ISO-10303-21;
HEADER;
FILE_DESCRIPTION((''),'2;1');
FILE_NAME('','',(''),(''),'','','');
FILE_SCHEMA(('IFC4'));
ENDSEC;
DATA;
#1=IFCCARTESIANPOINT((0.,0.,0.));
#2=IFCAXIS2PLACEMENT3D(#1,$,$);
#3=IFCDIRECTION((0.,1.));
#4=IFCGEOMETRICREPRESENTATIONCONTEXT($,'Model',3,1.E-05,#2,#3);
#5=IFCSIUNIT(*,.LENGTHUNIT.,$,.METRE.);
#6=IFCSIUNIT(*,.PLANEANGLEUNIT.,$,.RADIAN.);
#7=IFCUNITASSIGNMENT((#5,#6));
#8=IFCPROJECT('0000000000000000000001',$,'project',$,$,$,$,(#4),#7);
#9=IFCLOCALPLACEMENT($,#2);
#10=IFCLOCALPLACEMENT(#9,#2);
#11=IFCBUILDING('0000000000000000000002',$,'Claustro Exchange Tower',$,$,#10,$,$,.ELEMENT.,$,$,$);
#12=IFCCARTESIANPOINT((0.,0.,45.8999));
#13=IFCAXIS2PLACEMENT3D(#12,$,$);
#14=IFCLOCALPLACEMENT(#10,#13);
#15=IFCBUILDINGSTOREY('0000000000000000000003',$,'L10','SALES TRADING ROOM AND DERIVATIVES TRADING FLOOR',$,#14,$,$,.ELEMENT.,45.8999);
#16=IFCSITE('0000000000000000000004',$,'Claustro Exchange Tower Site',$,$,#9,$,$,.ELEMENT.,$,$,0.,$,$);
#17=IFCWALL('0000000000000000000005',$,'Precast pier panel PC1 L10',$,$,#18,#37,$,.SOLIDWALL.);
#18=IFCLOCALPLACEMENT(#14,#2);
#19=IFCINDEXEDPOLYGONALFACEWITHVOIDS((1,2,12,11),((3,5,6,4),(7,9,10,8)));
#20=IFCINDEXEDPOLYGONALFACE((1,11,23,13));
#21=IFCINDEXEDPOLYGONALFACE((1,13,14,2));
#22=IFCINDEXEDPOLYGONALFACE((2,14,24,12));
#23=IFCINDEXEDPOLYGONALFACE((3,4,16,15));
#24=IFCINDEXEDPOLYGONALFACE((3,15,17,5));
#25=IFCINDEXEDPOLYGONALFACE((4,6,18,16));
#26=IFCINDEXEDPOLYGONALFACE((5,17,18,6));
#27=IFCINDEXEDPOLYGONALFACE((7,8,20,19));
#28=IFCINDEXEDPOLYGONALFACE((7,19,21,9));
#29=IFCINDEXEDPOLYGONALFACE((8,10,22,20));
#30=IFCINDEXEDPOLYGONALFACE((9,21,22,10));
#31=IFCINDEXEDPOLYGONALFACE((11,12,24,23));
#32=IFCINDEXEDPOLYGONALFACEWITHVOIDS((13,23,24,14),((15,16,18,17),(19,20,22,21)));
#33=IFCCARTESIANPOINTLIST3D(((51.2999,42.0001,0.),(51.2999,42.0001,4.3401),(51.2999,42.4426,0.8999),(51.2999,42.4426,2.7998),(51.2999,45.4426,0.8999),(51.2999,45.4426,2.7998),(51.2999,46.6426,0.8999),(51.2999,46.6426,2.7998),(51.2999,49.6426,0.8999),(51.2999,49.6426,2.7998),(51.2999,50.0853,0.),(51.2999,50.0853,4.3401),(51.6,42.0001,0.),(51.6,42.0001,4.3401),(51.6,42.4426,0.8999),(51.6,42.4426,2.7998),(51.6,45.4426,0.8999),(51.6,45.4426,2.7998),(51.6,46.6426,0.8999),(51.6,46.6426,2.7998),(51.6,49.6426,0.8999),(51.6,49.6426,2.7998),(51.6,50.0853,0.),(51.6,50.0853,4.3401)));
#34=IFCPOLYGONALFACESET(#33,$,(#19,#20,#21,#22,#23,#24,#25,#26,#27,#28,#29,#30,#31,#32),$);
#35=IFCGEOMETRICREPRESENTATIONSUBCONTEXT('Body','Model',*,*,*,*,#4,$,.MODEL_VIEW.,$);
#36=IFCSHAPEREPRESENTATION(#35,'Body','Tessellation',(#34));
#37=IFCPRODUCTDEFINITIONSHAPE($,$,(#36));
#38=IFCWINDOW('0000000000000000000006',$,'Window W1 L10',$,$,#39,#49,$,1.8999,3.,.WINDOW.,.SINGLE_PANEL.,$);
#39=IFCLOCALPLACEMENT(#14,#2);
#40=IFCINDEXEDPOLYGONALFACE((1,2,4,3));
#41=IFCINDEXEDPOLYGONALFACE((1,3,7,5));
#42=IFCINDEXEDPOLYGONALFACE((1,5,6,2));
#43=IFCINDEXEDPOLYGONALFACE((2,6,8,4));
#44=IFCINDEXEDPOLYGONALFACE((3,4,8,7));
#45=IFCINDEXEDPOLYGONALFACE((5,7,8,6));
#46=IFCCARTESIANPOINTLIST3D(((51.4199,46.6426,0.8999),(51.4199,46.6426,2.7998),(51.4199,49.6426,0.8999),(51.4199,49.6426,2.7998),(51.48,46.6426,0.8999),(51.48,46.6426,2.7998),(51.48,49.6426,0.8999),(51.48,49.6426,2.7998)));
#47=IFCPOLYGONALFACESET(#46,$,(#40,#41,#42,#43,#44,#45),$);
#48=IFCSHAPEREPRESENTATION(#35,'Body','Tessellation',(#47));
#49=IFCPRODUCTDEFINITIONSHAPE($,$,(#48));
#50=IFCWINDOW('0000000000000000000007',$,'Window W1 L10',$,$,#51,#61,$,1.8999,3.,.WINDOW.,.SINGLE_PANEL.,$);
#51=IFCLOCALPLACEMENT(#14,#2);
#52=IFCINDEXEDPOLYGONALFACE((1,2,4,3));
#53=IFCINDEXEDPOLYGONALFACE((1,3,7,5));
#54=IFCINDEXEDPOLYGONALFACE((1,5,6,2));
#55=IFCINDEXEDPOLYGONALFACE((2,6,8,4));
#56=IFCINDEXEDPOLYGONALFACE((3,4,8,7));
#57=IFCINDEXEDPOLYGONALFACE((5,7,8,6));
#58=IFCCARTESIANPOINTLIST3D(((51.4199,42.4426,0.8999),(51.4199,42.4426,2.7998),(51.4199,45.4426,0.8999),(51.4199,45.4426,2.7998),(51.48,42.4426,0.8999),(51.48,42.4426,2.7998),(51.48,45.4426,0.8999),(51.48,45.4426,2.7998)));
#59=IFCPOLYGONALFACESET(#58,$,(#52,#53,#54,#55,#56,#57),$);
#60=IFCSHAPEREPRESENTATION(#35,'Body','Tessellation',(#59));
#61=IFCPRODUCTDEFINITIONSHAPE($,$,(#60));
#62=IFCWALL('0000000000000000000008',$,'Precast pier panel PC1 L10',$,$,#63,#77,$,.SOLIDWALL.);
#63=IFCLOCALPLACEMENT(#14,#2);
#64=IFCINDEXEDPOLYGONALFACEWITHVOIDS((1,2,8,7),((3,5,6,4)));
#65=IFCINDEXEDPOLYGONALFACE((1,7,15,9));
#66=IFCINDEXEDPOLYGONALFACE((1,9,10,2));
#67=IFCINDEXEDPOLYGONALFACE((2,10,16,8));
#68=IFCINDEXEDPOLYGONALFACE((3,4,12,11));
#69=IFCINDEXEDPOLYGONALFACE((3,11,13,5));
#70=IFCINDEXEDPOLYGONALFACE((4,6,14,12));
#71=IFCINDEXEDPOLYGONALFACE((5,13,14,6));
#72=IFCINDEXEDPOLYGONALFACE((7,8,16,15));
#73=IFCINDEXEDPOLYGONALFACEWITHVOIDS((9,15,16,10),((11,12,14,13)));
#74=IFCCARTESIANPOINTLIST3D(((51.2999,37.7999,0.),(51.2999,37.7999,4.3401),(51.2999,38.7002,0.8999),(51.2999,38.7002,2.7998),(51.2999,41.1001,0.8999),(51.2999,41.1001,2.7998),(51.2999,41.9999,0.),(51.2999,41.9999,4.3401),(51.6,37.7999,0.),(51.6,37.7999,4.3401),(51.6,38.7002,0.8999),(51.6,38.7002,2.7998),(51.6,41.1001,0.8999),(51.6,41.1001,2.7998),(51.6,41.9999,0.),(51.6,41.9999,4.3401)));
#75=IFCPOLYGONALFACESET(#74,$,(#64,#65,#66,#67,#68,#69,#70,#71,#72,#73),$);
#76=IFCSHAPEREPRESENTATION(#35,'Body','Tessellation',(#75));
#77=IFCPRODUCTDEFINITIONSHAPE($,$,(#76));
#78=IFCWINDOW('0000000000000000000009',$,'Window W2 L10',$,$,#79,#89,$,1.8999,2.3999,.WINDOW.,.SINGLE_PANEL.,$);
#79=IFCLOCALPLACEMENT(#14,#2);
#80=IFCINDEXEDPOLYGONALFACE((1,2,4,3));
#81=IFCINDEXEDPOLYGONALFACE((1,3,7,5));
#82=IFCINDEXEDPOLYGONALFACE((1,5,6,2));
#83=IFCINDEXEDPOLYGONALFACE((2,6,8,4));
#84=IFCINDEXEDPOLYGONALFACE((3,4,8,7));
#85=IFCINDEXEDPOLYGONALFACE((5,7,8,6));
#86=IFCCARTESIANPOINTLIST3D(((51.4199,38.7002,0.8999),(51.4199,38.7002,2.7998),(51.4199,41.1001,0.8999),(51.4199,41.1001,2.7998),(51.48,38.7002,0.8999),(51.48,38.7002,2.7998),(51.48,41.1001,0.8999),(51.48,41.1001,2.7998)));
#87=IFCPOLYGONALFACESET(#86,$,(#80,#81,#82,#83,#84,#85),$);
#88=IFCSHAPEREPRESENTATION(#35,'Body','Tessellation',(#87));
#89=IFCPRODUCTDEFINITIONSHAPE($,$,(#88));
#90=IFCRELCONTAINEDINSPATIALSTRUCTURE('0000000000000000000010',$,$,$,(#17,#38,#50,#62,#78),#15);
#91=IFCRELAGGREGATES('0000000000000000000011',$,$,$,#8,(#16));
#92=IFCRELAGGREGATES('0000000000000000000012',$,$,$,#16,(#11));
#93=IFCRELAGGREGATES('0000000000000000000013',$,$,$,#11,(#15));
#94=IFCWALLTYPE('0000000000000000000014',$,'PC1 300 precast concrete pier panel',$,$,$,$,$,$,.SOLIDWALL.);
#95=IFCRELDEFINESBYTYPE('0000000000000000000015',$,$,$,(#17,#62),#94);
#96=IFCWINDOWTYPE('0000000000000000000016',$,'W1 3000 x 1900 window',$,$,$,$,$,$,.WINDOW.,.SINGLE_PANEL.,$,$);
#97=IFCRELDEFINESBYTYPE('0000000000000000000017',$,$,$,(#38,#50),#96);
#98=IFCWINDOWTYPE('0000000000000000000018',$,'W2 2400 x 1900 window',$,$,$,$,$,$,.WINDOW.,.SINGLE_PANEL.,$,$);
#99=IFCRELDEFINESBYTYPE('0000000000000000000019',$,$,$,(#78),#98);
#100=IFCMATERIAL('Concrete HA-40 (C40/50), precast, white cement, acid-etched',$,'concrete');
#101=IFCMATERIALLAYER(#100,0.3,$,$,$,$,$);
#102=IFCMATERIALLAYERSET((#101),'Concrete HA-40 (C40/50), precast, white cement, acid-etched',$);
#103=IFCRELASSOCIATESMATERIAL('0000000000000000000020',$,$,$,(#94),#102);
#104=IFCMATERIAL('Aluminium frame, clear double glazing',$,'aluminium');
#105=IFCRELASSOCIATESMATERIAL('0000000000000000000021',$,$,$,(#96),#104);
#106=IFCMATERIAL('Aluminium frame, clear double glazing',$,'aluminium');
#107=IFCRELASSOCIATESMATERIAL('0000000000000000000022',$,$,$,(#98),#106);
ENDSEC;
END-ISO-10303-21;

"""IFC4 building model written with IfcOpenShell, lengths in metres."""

from ifc_helpers import new_model, si_unit, direction, frame, frame_2d, origin, place, context, subcontext, project, spatial, rectangle, extrude, material, layer, layer_set, type_object, element, fill, save


model = new_model("IFC4")

# Units and contexts
model_context = context("Model", 3, precision=1e-05, world=origin(), true_north=direction((0.0, 1.0)))
body_context = subcontext(model_context, "Body", "Model", "MODEL_VIEW")
ifc_project = project(units=[si_unit("LENGTHUNIT", "METRE"), si_unit("PLANEANGLEUNIT", "RADIAN")], contexts=[model_context])

# Site, building, storey
site_placement = place(None, origin())
site = spatial("IfcSite", under=ifc_project, at=site_placement, Name="Claustro Exchange Tower Site", CompositionType="ELEMENT", RefElevation=0.0)
building_placement = place(site_placement, origin())
building = spatial("IfcBuilding", under=site, at=building_placement, Name="Claustro Exchange Tower", CompositionType="ELEMENT")
storey_placement = place(building_placement, frame((0.0, 0.0, 45.8999)))
storey = spatial("IfcBuildingStorey", under=building, at=storey_placement, Name="L10", Description="SALES TRADING ROOM AND DERIVATIVES TRADING FLOOR", CompositionType="ELEMENT", Elevation=45.8999)

# Shared definitions
ifc_material_1 = material(Name="Concrete HA-40 (C40/50), precast, white cement, acid-etched", Category="concrete")
ifc_layer_1 = layer(ifc_material_1, 0.3)
ifc_layer_set_1 = layer_set([ifc_layer_1], Name="Concrete HA-40 (C40/50), precast, white cement, acid-etched")
wall_type_1 = type_object("IfcWallType", Name="PC1 300 precast concrete pier panel", PredefinedType="SOLIDWALL", material=ifc_layer_set_1)
ifc_material_2 = material(Name="Aluminium frame, clear double glazing", Category="aluminium")
window_type_1 = type_object("IfcWindowType", Name="W1 3000 x 1900 window", PartitioningType="SINGLE_PANEL", PredefinedType="WINDOW", material=ifc_material_2)

# Wall, openings, windows
wall_1_placement = place(storey_placement, frame((51.45, 50.0852, 0.0), z_axis=(0.0, 0.0, 1.0), x_axis=(0.0, -1.0, 0.0)))
wall_1 = element("IfcWall", 1, at=wall_1_placement, inside=storey, type_object=wall_type_1, Name="Precast pier panel PC1 L10", PredefinedType="SOLIDWALL", context=body_context, shape_type="SweptSolid", body=[
    extrude(rectangle(XDim=8.0852, YDim=0.3, at=frame_2d((4.0425, 0.0))), origin(), (0.0, 0.0, 1.0), 4.3401),
])
opening_1_placement = place(wall_1_placement, frame((0.4426, 0.0, 0.8999)))
opening_1 = element("IfcOpeningElement", 2, at=opening_1_placement, cuts=wall_1, PredefinedType="OPENING", context=body_context, shape_type="SweptSolid", body=[
    extrude(rectangle(XDim=3.0, YDim=1.8999, at=frame_2d((1.5, 0.95))), frame((0.0, 0.1599, 0.0), z_axis=(0.0, -1.0, 0.0), x_axis=(1.0, 0.0, 0.0)), (0.0, 0.0, 1.0), 0.3201),
])
opening_2_placement = place(wall_1_placement, frame((4.6426, 0.0, 0.8999)))
opening_2 = element("IfcOpeningElement", 3, at=opening_2_placement, cuts=wall_1, PredefinedType="OPENING", context=body_context, shape_type="SweptSolid", body=[
    extrude(rectangle(XDim=3.0, YDim=1.8999, at=frame_2d((1.5, 0.95))), frame((0.0, 0.1599, 0.0), z_axis=(0.0, -1.0, 0.0), x_axis=(1.0, 0.0, 0.0)), (0.0, 0.0, 1.0), 0.3201),
])
window_1_placement = place(opening_1_placement, origin())
window_1 = element("IfcWindow", 4, at=window_1_placement, inside=storey, type_object=window_type_1, Name="Window W1 L10", OverallHeight=1.8999, OverallWidth=3.0, PartitioningType="SINGLE_PANEL", PredefinedType="WINDOW", context=body_context, shape_type="SweptSolid", body=[
    extrude(rectangle(XDim=3.0, YDim=1.8999, at=frame_2d((1.5, 0.95))), frame((0.0, 0.03, 0.0), z_axis=(0.0, -1.0, 0.0), x_axis=(1.0, 0.0, 0.0)), (0.0, 0.0, 1.0), 0.0601),
])
fill(opening_1, window_1)
window_2_placement = place(opening_2_placement, origin())
window_2 = element("IfcWindow", 5, at=window_2_placement, inside=storey, type_object=window_type_1, Name="Window W1 L10", OverallHeight=1.8999, OverallWidth=3.0, PartitioningType="SINGLE_PANEL", PredefinedType="WINDOW", context=body_context, shape_type="SweptSolid", body=[
    extrude(rectangle(XDim=3.0, YDim=1.8999, at=frame_2d((1.5, 0.95))), frame((0.0, 0.03, 0.0), z_axis=(0.0, -1.0, 0.0), x_axis=(1.0, 0.0, 0.0)), (0.0, 0.0, 1.0), 0.0601),
])
fill(opening_2, window_2)

# Wall, opening, window
wall_2_placement = place(storey_placement, frame((51.45, 42.0, 0.0), z_axis=(0.0, 0.0, 1.0), x_axis=(0.0, -1.0, 0.0)))
wall_2 = element("IfcWall", 6, at=wall_2_placement, inside=storey, type_object=wall_type_1, Name="Precast pier panel PC1 L10", PredefinedType="SOLIDWALL", context=body_context, shape_type="SweptSolid", body=[
    extrude(rectangle(XDim=4.2, YDim=0.3, at=frame_2d((2.1001, 0.0))), origin(), (0.0, 0.0, 1.0), 4.3401),
])
opening_3_placement = place(wall_2_placement, frame((0.8999, 0.0, 0.8999)))
opening_3 = element("IfcOpeningElement", 7, at=opening_3_placement, cuts=wall_2, PredefinedType="OPENING", context=body_context, shape_type="SweptSolid", body=[
    extrude(rectangle(XDim=2.3999, YDim=1.8999, at=frame_2d((1.2, 0.95))), frame((0.0, 0.1599, 0.0), z_axis=(0.0, -1.0, 0.0), x_axis=(1.0, 0.0, 0.0)), (0.0, 0.0, 1.0), 0.3201),
])
ifc_material_3 = material(Name="Aluminium frame, clear double glazing", Category="aluminium")
window_type_2 = type_object("IfcWindowType", Name="W2 2400 x 1900 window", PartitioningType="SINGLE_PANEL", PredefinedType="WINDOW", material=ifc_material_3)
window_3_placement = place(opening_3_placement, origin())
window_3 = element("IfcWindow", 8, at=window_3_placement, inside=storey, type_object=window_type_2, Name="Window W2 L10", OverallHeight=1.8999, OverallWidth=2.3999, PartitioningType="SINGLE_PANEL", PredefinedType="WINDOW", context=body_context, shape_type="SweptSolid", body=[
    extrude(rectangle(XDim=2.3999, YDim=1.8999, at=frame_2d((1.2, 0.95))), frame((0.0, 0.03, 0.0), z_axis=(0.0, -1.0, 0.0), x_axis=(1.0, 0.0, 0.0)), (0.0, 0.0, 1.0), 0.0601),
])
fill(opening_3, window_3)

save(model, "model.ifc")
